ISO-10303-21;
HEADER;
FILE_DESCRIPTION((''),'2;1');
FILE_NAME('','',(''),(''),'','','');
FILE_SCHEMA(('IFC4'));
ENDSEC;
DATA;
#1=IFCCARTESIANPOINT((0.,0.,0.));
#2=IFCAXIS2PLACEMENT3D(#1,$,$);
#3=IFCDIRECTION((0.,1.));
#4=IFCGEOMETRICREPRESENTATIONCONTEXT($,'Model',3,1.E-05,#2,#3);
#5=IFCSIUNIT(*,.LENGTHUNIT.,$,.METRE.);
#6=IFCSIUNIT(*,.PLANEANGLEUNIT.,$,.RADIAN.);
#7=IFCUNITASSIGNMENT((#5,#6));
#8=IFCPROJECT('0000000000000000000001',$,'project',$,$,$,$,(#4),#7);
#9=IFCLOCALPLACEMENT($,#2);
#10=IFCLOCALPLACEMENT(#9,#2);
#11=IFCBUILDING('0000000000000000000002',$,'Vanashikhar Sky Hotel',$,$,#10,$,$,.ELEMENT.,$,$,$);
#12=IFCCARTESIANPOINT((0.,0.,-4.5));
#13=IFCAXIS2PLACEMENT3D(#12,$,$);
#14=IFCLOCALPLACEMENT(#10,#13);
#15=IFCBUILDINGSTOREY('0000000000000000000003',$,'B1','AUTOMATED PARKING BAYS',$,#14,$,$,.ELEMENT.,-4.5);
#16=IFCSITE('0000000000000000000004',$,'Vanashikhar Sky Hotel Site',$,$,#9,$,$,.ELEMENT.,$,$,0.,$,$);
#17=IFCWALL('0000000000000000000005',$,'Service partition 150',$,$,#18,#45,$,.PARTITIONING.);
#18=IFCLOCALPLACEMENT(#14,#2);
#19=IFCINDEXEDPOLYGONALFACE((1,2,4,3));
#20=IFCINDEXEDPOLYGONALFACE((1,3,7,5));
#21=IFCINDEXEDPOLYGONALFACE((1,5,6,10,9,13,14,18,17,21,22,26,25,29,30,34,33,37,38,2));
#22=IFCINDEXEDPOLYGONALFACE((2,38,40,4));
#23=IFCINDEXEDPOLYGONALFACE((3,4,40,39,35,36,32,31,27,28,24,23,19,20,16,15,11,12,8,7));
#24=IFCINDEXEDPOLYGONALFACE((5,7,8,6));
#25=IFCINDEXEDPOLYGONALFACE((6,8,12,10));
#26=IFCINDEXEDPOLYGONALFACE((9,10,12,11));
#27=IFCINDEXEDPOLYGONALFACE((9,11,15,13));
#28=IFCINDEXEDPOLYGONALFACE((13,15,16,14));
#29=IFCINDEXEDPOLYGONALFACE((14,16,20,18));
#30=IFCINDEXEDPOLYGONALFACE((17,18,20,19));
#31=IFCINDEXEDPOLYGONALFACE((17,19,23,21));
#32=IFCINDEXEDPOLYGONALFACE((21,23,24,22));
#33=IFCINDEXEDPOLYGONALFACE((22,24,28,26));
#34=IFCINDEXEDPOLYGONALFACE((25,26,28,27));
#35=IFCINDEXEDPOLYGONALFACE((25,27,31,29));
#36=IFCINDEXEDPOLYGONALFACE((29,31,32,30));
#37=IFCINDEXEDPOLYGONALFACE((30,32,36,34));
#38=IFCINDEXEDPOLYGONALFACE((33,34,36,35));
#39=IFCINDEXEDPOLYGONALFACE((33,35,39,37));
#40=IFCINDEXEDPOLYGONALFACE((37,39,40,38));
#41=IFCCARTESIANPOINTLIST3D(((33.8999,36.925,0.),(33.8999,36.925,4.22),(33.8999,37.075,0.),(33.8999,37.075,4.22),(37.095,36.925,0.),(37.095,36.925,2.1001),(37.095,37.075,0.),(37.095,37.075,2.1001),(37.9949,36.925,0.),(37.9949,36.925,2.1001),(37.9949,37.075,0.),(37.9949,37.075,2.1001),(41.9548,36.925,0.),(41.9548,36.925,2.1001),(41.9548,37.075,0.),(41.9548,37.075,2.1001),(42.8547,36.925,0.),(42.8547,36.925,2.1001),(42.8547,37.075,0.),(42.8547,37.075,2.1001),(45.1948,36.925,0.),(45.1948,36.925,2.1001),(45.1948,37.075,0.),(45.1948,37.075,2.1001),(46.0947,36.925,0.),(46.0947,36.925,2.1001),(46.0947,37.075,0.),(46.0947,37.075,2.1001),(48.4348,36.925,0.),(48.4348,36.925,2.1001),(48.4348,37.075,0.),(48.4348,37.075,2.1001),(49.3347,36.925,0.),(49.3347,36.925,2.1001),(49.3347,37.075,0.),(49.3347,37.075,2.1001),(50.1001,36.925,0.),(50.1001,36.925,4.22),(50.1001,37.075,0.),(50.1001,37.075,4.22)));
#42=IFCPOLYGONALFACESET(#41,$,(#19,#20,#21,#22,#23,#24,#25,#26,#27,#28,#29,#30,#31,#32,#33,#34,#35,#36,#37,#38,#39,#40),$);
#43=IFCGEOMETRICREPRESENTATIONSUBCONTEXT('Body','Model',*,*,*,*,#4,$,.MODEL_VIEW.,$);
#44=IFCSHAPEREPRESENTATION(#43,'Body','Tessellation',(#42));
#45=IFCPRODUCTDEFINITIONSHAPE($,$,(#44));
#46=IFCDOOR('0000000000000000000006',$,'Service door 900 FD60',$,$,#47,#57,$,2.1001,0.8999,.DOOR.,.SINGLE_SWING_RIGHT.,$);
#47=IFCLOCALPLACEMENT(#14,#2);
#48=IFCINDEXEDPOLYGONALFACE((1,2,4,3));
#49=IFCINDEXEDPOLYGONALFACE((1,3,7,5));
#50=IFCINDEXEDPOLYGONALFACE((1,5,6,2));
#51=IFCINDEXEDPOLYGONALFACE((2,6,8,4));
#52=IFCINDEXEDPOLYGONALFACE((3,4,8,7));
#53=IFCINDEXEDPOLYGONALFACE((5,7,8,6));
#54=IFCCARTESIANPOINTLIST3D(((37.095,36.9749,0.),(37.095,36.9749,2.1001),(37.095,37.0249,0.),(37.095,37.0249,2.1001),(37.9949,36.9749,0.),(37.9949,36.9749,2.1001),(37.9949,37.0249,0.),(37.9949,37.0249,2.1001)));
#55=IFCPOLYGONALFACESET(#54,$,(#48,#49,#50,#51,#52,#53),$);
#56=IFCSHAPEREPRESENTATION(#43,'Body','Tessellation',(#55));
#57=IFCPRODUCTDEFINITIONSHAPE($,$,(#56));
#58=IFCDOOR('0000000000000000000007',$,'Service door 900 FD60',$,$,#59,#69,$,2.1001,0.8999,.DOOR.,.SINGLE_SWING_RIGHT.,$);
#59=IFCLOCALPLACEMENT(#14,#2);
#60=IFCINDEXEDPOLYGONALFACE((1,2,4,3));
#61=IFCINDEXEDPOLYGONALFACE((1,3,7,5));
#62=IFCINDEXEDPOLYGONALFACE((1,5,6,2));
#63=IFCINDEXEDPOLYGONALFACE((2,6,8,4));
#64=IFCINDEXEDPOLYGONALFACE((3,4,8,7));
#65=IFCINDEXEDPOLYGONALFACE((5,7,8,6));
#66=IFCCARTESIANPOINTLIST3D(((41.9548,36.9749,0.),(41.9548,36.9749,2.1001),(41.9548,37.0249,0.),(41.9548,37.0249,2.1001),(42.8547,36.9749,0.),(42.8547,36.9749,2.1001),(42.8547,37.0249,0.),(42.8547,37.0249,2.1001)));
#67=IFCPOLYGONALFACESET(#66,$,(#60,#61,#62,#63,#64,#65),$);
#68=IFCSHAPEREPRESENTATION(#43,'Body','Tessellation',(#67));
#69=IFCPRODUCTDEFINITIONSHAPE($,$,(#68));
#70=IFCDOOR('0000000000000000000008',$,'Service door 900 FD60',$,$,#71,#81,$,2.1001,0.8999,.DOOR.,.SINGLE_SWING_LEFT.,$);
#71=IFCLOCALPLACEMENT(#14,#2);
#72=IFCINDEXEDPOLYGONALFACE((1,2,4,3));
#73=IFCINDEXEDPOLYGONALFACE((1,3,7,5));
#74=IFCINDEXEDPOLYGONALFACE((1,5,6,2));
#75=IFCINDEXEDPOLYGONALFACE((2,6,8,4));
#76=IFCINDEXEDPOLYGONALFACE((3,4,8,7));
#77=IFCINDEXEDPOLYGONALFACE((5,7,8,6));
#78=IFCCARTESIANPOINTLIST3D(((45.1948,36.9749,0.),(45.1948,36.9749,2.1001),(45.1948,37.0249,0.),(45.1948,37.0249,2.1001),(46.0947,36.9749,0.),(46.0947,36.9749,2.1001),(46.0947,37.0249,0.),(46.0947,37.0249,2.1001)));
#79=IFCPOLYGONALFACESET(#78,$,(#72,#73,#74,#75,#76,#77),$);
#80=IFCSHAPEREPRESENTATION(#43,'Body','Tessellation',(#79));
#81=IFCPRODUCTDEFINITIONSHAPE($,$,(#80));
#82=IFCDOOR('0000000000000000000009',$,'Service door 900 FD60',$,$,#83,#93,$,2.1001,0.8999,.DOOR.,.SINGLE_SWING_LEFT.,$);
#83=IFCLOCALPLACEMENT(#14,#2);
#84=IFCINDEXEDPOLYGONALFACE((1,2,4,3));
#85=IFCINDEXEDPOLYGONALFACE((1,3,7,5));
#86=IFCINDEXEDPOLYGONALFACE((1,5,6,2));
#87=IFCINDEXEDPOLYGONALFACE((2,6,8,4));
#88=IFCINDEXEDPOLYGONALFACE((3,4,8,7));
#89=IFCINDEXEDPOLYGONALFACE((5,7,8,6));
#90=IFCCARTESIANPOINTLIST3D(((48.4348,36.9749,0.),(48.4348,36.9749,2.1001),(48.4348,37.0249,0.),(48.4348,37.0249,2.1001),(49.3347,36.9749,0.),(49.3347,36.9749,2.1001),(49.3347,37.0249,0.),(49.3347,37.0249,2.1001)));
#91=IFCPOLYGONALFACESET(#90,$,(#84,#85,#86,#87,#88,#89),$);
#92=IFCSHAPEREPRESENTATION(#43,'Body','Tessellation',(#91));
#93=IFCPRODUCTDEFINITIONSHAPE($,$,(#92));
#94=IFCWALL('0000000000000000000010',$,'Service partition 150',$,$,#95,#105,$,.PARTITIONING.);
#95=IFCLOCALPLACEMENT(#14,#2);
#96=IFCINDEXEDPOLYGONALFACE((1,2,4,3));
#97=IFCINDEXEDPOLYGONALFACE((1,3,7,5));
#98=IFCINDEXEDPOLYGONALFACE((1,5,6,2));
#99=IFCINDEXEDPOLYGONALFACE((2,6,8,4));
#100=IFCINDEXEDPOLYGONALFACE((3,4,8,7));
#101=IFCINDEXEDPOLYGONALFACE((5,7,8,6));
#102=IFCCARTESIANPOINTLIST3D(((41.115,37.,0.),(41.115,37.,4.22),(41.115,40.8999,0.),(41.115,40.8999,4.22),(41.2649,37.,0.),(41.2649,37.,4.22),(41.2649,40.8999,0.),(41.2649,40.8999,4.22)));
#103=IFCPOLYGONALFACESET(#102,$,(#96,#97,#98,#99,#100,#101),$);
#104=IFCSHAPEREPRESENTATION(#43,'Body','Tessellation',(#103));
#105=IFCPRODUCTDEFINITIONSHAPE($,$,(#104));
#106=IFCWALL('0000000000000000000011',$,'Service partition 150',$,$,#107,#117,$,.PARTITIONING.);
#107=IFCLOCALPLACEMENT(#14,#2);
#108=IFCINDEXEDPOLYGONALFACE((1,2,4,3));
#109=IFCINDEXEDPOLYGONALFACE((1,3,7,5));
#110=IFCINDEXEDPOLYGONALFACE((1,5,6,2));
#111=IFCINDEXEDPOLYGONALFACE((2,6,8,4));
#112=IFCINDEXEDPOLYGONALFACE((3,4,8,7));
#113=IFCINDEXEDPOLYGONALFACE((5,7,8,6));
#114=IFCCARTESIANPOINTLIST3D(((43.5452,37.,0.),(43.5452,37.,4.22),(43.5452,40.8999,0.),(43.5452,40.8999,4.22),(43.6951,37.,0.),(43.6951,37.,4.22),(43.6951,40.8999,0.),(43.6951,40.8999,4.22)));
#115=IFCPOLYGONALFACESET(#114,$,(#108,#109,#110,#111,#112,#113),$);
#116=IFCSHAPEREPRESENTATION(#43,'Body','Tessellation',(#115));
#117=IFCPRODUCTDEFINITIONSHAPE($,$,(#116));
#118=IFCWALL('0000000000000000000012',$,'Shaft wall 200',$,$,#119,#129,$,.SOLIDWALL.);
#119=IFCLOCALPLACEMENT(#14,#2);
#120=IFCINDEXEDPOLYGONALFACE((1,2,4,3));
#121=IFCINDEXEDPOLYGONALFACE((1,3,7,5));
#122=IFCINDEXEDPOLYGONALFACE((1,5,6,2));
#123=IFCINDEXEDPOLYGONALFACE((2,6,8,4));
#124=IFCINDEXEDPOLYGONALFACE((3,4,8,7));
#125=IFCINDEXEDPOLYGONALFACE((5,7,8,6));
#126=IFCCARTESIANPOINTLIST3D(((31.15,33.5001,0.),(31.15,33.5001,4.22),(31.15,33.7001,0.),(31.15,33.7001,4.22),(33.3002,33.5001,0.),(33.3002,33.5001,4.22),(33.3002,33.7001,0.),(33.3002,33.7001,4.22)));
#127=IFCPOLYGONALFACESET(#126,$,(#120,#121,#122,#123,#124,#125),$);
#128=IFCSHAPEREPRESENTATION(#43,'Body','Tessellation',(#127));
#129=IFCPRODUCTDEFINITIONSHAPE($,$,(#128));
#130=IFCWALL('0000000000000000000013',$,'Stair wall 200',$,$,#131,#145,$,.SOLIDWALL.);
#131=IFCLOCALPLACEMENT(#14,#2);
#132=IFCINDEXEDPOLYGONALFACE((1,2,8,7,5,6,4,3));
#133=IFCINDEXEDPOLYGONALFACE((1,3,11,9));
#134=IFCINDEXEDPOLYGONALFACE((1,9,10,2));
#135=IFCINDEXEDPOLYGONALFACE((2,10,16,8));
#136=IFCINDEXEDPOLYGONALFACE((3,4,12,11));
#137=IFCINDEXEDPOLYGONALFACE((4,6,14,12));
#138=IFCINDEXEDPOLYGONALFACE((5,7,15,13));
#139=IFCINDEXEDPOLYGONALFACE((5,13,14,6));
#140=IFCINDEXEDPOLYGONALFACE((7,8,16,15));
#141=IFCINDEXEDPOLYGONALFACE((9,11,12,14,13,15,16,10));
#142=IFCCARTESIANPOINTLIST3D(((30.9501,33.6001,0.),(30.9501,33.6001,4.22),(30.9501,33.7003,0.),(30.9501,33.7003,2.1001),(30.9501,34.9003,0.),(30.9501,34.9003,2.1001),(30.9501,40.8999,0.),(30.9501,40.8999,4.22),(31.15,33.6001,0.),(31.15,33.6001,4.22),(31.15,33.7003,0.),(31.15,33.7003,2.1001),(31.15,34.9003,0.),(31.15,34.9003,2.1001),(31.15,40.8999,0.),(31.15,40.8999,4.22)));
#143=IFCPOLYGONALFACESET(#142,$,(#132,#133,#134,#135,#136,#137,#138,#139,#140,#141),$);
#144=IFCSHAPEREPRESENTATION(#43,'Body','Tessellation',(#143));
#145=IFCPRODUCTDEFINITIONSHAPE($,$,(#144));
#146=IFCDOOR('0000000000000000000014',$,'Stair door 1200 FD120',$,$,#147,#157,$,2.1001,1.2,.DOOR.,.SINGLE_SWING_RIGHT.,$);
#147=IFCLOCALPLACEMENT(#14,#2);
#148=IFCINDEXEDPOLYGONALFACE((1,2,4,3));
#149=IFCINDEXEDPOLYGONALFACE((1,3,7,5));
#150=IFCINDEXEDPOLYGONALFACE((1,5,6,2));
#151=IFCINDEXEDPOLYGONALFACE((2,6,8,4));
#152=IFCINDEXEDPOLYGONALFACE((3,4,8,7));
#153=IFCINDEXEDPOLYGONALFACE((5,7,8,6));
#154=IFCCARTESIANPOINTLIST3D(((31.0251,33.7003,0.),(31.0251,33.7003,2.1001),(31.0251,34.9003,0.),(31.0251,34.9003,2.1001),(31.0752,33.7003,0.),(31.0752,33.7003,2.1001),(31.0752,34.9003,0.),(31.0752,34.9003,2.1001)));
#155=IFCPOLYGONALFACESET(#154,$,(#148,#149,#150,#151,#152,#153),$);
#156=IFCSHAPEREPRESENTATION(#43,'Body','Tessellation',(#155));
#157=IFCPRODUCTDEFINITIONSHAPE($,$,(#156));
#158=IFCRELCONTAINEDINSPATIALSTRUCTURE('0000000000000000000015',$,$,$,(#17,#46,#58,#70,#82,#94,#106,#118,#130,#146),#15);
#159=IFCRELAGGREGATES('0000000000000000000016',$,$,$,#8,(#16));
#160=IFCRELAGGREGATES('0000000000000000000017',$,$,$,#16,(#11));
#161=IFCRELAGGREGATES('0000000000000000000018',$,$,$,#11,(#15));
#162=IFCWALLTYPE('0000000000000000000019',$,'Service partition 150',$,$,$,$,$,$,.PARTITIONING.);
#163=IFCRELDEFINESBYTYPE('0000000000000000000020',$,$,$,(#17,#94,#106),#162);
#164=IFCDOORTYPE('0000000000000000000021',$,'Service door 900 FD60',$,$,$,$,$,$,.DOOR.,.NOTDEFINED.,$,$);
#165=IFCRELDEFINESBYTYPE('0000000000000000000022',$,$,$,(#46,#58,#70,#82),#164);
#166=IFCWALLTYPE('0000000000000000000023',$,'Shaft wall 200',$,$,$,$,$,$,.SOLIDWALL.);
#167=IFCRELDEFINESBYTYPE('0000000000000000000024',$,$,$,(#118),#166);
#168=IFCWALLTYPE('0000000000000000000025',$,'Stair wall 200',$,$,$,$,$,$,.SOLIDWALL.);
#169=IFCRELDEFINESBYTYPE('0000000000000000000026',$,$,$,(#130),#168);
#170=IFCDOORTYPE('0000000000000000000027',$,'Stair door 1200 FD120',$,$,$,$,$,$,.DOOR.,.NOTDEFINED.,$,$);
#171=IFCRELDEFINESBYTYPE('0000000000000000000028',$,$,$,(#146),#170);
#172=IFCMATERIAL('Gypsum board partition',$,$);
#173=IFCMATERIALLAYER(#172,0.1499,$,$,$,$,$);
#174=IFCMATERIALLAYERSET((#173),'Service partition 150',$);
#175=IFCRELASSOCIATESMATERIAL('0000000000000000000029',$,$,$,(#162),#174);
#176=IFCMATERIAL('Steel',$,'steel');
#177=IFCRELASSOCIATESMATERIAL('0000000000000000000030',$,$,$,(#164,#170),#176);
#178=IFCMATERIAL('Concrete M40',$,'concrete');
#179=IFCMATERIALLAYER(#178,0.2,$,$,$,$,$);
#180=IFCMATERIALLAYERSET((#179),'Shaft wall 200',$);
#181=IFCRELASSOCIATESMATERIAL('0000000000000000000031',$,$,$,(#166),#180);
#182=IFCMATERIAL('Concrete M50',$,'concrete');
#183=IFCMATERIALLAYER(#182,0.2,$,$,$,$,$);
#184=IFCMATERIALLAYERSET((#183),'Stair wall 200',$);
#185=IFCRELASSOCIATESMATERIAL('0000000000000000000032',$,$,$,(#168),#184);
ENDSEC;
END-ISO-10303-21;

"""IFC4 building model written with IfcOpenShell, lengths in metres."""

from ifc_helpers import new_model, si_unit, direction, frame, frame_2d, origin, place, context, subcontext, project, spatial, rectangle, extrude, source, transform, mapped, material, layer, layer_set, type_object, element, fill, save


model = new_model("IFC4")

# Units and contexts
model_context = context("Model", 3, precision=1e-05, world=origin(), true_north=direction((0.0, 1.0)))
body_context = subcontext(model_context, "Body", "Model", "MODEL_VIEW")
ifc_project = project(units=[si_unit("LENGTHUNIT", "METRE"), si_unit("PLANEANGLEUNIT", "RADIAN")], contexts=[model_context])

# Site, building, storey
site_placement = place(None, origin())
site = spatial("IfcSite", under=ifc_project, at=site_placement, Name="Vanashikhar Sky Hotel Site", CompositionType="ELEMENT", RefElevation=0.0)
building_placement = place(site_placement, origin())
building = spatial("IfcBuilding", under=site, at=building_placement, Name="Vanashikhar Sky Hotel", CompositionType="ELEMENT")
storey_placement = place(building_placement, frame((0.0, 0.0, -4.5)))
storey = spatial("IfcBuildingStorey", under=building, at=storey_placement, Name="B1", Description="AUTOMATED PARKING BAYS", CompositionType="ELEMENT", Elevation=-4.5)

# Wall, openings, doors
ifc_material_1 = material(Name="Gypsum board partition")
ifc_layer_1 = layer(ifc_material_1, 0.1499)
ifc_layer_set_1 = layer_set([ifc_layer_1], Name="Service partition 150")
wall_type_1 = type_object("IfcWallType", Name="Service partition 150", PredefinedType="PARTITIONING", material=ifc_layer_set_1)
shared_shape_1 = source(origin(), body_context, "Body", "SweptSolid", [
    extrude(rectangle(XDim=0.8999, YDim=2.1001, at=frame_2d((0.45, 1.05))), frame((0.0, 0.085, 0.0), z_axis=(0.0, -1.0, 0.0), x_axis=(1.0, 0.0, 0.0)), (0.0, 0.0, 1.0), 0.1699),
])
ifc_material_2 = material(Name="Steel", Category="steel")
door_type_1 = type_object("IfcDoorType", Name="Service door 900 FD60", OperationType="NOTDEFINED", PredefinedType="DOOR", material=ifc_material_2)
shared_shape_2 = source(origin(), body_context, "Body", "SweptSolid", [
    extrude(rectangle(XDim=0.8999, YDim=2.1001, at=frame_2d((0.45, 1.05))), frame((0.0, 0.0249, 0.0), z_axis=(0.0, -1.0, 0.0), x_axis=(1.0, 0.0, 0.0)), (0.0, 0.0, 1.0), 0.05),
])
shared_shape_3 = source(origin(), body_context, "Body", "SweptSolid", [
    extrude(rectangle(XDim=16.2002, YDim=0.1499, at=frame_2d((8.1001, 0.0))), origin(), (0.0, 0.0, 1.0), 4.22),
])
wall_1_placement = place(storey_placement, frame((33.8999, 37.0, 0.0), z_axis=(0.0, 0.0, 1.0), x_axis=(1.0, 0.0, 0.0)))
wall_1 = element("IfcWall", 1, at=wall_1_placement, inside=storey, type_object=wall_type_1, Name="Service partition 150", PredefinedType="PARTITIONING", context=body_context, shape_type="MappedRepresentation", body=[
    mapped(shared_shape_3, transform((0.0, 0.0, 0.0), scale=1.0)),
])
opening_1_placement = place(wall_1_placement, frame((3.1951, 0.0, 0.0)))
opening_1 = element("IfcOpeningElement", 2, at=opening_1_placement, cuts=wall_1, PredefinedType="OPENING", context=body_context, shape_type="MappedRepresentation", body=[
    mapped(shared_shape_1, transform((0.0, 0.0, 0.0), scale=1.0)),
])
opening_2_placement = place(wall_1_placement, frame((8.0549, 0.0, 0.0)))
opening_2 = element("IfcOpeningElement", 3, at=opening_2_placement, cuts=wall_1, PredefinedType="OPENING", context=body_context, shape_type="MappedRepresentation", body=[
    mapped(shared_shape_1, transform((0.0, 0.0, 0.0), scale=1.0)),
])
opening_3_placement = place(wall_1_placement, frame((11.2949, 0.0, 0.0)))
opening_3 = element("IfcOpeningElement", 4, at=opening_3_placement, cuts=wall_1, PredefinedType="OPENING", context=body_context, shape_type="MappedRepresentation", body=[
    mapped(shared_shape_1, transform((0.0, 0.0, 0.0), scale=1.0)),
])
opening_4_placement = place(wall_1_placement, frame((14.5349, 0.0, 0.0)))
opening_4 = element("IfcOpeningElement", 5, at=opening_4_placement, cuts=wall_1, PredefinedType="OPENING", context=body_context, shape_type="MappedRepresentation", body=[
    mapped(shared_shape_1, transform((0.0, 0.0, 0.0), scale=1.0)),
])
door_1_placement = place(opening_1_placement, origin())
door_1 = element("IfcDoor", 6, at=door_1_placement, inside=storey, type_object=door_type_1, Name="Service door 900 FD60", OperationType="SINGLE_SWING_RIGHT", OverallHeight=2.1001, OverallWidth=0.8999, PredefinedType="DOOR", context=body_context, shape_type="MappedRepresentation", body=[
    mapped(shared_shape_2, transform((0.0, 0.0, 0.0), scale=1.0)),
])
fill(opening_1, door_1)
door_2_placement = place(opening_2_placement, origin())
door_2 = element("IfcDoor", 7, at=door_2_placement, inside=storey, type_object=door_type_1, Name="Service door 900 FD60", OperationType="SINGLE_SWING_RIGHT", OverallHeight=2.1001, OverallWidth=0.8999, PredefinedType="DOOR", context=body_context, shape_type="MappedRepresentation", body=[
    mapped(shared_shape_2, transform((0.0, 0.0, 0.0), scale=1.0)),
])
fill(opening_2, door_2)
door_3_placement = place(opening_3_placement, origin())
door_3 = element("IfcDoor", 8, at=door_3_placement, inside=storey, type_object=door_type_1, Name="Service door 900 FD60", OperationType="SINGLE_SWING_LEFT", OverallHeight=2.1001, OverallWidth=0.8999, PredefinedType="DOOR", context=body_context, shape_type="MappedRepresentation", body=[
    mapped(shared_shape_2, transform((0.0, 0.0, 0.0), scale=1.0)),
])
fill(opening_3, door_3)
door_4_placement = place(opening_4_placement, origin())
door_4 = element("IfcDoor", 9, at=door_4_placement, inside=storey, type_object=door_type_1, Name="Service door 900 FD60", OperationType="SINGLE_SWING_LEFT", OverallHeight=2.1001, OverallWidth=0.8999, PredefinedType="DOOR", context=body_context, shape_type="MappedRepresentation", body=[
    mapped(shared_shape_2, transform((0.0, 0.0, 0.0), scale=1.0)),
])
fill(opening_4, door_4)

# Walls
shared_shape_4 = source(origin(), body_context, "Body", "SweptSolid", [
    extrude(rectangle(XDim=3.8999, YDim=0.1499, at=frame_2d((1.95, 0.0))), origin(), (0.0, 0.0, 1.0), 4.22),
])
for number, where, z_axis, x_axis, name in (
    (10, (41.1899, 37.0, 0.0), (0.0, 0.0, 1.0), (0.0, 1.0, 0.0), "Service partition 150"),
    (11, (43.6201, 37.0, 0.0), (0.0, 0.0, 1.0), (0.0, 1.0, 0.0), "Service partition 150"),
):
    element("IfcWall", number, at=place(storey_placement, frame(where, z_axis=z_axis, x_axis=x_axis)), inside=storey, type_object=wall_type_1, Name=name, PredefinedType="PARTITIONING", context=body_context, shape_type="MappedRepresentation", body=[
        mapped(shared_shape_4, transform((0.0, 0.0, 0.0), scale=1.0)),
    ])
ifc_material_3 = material(Name="Concrete M40", Category="concrete")
ifc_layer_2 = layer(ifc_material_3, 0.2)
ifc_layer_set_2 = layer_set([ifc_layer_2], Name="Shaft wall 200")
wall_type_2 = type_object("IfcWallType", Name="Shaft wall 200", PredefinedType="SOLIDWALL", material=ifc_layer_set_2)
shared_shape_5 = source(origin(), body_context, "Body", "SweptSolid", [
    extrude(rectangle(XDim=2.1501, YDim=0.2, at=frame_2d((1.0752, 0.0))), origin(), (0.0, 0.0, 1.0), 4.22),
])
wall_2_placement = place(storey_placement, frame((31.1499, 33.6001, 0.0), z_axis=(0.0, 0.0, 1.0), x_axis=(1.0, 0.0, 0.0)))
element("IfcWall", 12, at=wall_2_placement, inside=storey, type_object=wall_type_2, Name="Shaft wall 200", PredefinedType="SOLIDWALL", context=body_context, shape_type="MappedRepresentation", body=[
    mapped(shared_shape_5, transform((0.0, 0.0, 0.0), scale=1.0)),
])

# Wall, opening, door
ifc_material_4 = material(Name="Concrete M50", Category="concrete")
ifc_layer_3 = layer(ifc_material_4, 0.2)
ifc_layer_set_3 = layer_set([ifc_layer_3], Name="Stair wall 200")
wall_type_3 = type_object("IfcWallType", Name="Stair wall 200", PredefinedType="SOLIDWALL", material=ifc_layer_set_3)
shared_shape_6 = source(origin(), body_context, "Body", "SweptSolid", [
    extrude(rectangle(XDim=7.2998, YDim=0.2, at=frame_2d((3.6499, 0.0))), origin(), (0.0, 0.0, 1.0), 4.22),
])
wall_3_placement = place(storey_placement, frame((31.05, 33.6001, 0.0), z_axis=(0.0, 0.0, 1.0), x_axis=(0.0, 1.0, 0.0)))
wall_3 = element("IfcWall", 13, at=wall_3_placement, inside=storey, type_object=wall_type_3, Name="Stair wall 200", PredefinedType="SOLIDWALL", context=body_context, shape_type="MappedRepresentation", body=[
    mapped(shared_shape_6, transform((0.0, 0.0, 0.0), scale=1.0)),
])
shared_shape_7 = source(origin(), body_context, "Body", "SweptSolid", [
    extrude(rectangle(XDim=1.2, YDim=2.1001, at=frame_2d((0.6001, 1.05))), frame((0.0, 0.1099, 0.0), z_axis=(0.0, -1.0, 0.0), x_axis=(1.0, 0.0, 0.0)), (0.0, 0.0, 1.0), 0.22),
])
opening_5_placement = place(wall_3_placement, frame((0.1001, 0.0, 0.0)))
opening_5 = element("IfcOpeningElement", 14, at=opening_5_placement, cuts=wall_3, PredefinedType="OPENING", context=body_context, shape_type="MappedRepresentation", body=[
    mapped(shared_shape_7, transform((0.0, 0.0, 0.0), scale=1.0)),
])
door_type_2 = type_object("IfcDoorType", Name="Stair door 1200 FD120", OperationType="NOTDEFINED", PredefinedType="DOOR", material=ifc_material_2)
shared_shape_8 = source(origin(), body_context, "Body", "SweptSolid", [
    extrude(rectangle(XDim=1.2, YDim=2.1001, at=frame_2d((0.6001, 1.05))), frame((0.0, 0.0249, 0.0), z_axis=(0.0, -1.0, 0.0), x_axis=(1.0, 0.0, 0.0)), (0.0, 0.0, 1.0), 0.05),
])
door_5_placement = place(opening_5_placement, origin())
door_5 = element("IfcDoor", 15, at=door_5_placement, inside=storey, type_object=door_type_2, Name="Stair door 1200 FD120", OperationType="SINGLE_SWING_RIGHT", OverallHeight=2.1001, OverallWidth=1.2, PredefinedType="DOOR", context=body_context, shape_type="MappedRepresentation", body=[
    mapped(shared_shape_8, transform((0.0, 0.0, 0.0), scale=1.0)),
])
fill(opening_5, door_5)

save(model, "model.ifc")
